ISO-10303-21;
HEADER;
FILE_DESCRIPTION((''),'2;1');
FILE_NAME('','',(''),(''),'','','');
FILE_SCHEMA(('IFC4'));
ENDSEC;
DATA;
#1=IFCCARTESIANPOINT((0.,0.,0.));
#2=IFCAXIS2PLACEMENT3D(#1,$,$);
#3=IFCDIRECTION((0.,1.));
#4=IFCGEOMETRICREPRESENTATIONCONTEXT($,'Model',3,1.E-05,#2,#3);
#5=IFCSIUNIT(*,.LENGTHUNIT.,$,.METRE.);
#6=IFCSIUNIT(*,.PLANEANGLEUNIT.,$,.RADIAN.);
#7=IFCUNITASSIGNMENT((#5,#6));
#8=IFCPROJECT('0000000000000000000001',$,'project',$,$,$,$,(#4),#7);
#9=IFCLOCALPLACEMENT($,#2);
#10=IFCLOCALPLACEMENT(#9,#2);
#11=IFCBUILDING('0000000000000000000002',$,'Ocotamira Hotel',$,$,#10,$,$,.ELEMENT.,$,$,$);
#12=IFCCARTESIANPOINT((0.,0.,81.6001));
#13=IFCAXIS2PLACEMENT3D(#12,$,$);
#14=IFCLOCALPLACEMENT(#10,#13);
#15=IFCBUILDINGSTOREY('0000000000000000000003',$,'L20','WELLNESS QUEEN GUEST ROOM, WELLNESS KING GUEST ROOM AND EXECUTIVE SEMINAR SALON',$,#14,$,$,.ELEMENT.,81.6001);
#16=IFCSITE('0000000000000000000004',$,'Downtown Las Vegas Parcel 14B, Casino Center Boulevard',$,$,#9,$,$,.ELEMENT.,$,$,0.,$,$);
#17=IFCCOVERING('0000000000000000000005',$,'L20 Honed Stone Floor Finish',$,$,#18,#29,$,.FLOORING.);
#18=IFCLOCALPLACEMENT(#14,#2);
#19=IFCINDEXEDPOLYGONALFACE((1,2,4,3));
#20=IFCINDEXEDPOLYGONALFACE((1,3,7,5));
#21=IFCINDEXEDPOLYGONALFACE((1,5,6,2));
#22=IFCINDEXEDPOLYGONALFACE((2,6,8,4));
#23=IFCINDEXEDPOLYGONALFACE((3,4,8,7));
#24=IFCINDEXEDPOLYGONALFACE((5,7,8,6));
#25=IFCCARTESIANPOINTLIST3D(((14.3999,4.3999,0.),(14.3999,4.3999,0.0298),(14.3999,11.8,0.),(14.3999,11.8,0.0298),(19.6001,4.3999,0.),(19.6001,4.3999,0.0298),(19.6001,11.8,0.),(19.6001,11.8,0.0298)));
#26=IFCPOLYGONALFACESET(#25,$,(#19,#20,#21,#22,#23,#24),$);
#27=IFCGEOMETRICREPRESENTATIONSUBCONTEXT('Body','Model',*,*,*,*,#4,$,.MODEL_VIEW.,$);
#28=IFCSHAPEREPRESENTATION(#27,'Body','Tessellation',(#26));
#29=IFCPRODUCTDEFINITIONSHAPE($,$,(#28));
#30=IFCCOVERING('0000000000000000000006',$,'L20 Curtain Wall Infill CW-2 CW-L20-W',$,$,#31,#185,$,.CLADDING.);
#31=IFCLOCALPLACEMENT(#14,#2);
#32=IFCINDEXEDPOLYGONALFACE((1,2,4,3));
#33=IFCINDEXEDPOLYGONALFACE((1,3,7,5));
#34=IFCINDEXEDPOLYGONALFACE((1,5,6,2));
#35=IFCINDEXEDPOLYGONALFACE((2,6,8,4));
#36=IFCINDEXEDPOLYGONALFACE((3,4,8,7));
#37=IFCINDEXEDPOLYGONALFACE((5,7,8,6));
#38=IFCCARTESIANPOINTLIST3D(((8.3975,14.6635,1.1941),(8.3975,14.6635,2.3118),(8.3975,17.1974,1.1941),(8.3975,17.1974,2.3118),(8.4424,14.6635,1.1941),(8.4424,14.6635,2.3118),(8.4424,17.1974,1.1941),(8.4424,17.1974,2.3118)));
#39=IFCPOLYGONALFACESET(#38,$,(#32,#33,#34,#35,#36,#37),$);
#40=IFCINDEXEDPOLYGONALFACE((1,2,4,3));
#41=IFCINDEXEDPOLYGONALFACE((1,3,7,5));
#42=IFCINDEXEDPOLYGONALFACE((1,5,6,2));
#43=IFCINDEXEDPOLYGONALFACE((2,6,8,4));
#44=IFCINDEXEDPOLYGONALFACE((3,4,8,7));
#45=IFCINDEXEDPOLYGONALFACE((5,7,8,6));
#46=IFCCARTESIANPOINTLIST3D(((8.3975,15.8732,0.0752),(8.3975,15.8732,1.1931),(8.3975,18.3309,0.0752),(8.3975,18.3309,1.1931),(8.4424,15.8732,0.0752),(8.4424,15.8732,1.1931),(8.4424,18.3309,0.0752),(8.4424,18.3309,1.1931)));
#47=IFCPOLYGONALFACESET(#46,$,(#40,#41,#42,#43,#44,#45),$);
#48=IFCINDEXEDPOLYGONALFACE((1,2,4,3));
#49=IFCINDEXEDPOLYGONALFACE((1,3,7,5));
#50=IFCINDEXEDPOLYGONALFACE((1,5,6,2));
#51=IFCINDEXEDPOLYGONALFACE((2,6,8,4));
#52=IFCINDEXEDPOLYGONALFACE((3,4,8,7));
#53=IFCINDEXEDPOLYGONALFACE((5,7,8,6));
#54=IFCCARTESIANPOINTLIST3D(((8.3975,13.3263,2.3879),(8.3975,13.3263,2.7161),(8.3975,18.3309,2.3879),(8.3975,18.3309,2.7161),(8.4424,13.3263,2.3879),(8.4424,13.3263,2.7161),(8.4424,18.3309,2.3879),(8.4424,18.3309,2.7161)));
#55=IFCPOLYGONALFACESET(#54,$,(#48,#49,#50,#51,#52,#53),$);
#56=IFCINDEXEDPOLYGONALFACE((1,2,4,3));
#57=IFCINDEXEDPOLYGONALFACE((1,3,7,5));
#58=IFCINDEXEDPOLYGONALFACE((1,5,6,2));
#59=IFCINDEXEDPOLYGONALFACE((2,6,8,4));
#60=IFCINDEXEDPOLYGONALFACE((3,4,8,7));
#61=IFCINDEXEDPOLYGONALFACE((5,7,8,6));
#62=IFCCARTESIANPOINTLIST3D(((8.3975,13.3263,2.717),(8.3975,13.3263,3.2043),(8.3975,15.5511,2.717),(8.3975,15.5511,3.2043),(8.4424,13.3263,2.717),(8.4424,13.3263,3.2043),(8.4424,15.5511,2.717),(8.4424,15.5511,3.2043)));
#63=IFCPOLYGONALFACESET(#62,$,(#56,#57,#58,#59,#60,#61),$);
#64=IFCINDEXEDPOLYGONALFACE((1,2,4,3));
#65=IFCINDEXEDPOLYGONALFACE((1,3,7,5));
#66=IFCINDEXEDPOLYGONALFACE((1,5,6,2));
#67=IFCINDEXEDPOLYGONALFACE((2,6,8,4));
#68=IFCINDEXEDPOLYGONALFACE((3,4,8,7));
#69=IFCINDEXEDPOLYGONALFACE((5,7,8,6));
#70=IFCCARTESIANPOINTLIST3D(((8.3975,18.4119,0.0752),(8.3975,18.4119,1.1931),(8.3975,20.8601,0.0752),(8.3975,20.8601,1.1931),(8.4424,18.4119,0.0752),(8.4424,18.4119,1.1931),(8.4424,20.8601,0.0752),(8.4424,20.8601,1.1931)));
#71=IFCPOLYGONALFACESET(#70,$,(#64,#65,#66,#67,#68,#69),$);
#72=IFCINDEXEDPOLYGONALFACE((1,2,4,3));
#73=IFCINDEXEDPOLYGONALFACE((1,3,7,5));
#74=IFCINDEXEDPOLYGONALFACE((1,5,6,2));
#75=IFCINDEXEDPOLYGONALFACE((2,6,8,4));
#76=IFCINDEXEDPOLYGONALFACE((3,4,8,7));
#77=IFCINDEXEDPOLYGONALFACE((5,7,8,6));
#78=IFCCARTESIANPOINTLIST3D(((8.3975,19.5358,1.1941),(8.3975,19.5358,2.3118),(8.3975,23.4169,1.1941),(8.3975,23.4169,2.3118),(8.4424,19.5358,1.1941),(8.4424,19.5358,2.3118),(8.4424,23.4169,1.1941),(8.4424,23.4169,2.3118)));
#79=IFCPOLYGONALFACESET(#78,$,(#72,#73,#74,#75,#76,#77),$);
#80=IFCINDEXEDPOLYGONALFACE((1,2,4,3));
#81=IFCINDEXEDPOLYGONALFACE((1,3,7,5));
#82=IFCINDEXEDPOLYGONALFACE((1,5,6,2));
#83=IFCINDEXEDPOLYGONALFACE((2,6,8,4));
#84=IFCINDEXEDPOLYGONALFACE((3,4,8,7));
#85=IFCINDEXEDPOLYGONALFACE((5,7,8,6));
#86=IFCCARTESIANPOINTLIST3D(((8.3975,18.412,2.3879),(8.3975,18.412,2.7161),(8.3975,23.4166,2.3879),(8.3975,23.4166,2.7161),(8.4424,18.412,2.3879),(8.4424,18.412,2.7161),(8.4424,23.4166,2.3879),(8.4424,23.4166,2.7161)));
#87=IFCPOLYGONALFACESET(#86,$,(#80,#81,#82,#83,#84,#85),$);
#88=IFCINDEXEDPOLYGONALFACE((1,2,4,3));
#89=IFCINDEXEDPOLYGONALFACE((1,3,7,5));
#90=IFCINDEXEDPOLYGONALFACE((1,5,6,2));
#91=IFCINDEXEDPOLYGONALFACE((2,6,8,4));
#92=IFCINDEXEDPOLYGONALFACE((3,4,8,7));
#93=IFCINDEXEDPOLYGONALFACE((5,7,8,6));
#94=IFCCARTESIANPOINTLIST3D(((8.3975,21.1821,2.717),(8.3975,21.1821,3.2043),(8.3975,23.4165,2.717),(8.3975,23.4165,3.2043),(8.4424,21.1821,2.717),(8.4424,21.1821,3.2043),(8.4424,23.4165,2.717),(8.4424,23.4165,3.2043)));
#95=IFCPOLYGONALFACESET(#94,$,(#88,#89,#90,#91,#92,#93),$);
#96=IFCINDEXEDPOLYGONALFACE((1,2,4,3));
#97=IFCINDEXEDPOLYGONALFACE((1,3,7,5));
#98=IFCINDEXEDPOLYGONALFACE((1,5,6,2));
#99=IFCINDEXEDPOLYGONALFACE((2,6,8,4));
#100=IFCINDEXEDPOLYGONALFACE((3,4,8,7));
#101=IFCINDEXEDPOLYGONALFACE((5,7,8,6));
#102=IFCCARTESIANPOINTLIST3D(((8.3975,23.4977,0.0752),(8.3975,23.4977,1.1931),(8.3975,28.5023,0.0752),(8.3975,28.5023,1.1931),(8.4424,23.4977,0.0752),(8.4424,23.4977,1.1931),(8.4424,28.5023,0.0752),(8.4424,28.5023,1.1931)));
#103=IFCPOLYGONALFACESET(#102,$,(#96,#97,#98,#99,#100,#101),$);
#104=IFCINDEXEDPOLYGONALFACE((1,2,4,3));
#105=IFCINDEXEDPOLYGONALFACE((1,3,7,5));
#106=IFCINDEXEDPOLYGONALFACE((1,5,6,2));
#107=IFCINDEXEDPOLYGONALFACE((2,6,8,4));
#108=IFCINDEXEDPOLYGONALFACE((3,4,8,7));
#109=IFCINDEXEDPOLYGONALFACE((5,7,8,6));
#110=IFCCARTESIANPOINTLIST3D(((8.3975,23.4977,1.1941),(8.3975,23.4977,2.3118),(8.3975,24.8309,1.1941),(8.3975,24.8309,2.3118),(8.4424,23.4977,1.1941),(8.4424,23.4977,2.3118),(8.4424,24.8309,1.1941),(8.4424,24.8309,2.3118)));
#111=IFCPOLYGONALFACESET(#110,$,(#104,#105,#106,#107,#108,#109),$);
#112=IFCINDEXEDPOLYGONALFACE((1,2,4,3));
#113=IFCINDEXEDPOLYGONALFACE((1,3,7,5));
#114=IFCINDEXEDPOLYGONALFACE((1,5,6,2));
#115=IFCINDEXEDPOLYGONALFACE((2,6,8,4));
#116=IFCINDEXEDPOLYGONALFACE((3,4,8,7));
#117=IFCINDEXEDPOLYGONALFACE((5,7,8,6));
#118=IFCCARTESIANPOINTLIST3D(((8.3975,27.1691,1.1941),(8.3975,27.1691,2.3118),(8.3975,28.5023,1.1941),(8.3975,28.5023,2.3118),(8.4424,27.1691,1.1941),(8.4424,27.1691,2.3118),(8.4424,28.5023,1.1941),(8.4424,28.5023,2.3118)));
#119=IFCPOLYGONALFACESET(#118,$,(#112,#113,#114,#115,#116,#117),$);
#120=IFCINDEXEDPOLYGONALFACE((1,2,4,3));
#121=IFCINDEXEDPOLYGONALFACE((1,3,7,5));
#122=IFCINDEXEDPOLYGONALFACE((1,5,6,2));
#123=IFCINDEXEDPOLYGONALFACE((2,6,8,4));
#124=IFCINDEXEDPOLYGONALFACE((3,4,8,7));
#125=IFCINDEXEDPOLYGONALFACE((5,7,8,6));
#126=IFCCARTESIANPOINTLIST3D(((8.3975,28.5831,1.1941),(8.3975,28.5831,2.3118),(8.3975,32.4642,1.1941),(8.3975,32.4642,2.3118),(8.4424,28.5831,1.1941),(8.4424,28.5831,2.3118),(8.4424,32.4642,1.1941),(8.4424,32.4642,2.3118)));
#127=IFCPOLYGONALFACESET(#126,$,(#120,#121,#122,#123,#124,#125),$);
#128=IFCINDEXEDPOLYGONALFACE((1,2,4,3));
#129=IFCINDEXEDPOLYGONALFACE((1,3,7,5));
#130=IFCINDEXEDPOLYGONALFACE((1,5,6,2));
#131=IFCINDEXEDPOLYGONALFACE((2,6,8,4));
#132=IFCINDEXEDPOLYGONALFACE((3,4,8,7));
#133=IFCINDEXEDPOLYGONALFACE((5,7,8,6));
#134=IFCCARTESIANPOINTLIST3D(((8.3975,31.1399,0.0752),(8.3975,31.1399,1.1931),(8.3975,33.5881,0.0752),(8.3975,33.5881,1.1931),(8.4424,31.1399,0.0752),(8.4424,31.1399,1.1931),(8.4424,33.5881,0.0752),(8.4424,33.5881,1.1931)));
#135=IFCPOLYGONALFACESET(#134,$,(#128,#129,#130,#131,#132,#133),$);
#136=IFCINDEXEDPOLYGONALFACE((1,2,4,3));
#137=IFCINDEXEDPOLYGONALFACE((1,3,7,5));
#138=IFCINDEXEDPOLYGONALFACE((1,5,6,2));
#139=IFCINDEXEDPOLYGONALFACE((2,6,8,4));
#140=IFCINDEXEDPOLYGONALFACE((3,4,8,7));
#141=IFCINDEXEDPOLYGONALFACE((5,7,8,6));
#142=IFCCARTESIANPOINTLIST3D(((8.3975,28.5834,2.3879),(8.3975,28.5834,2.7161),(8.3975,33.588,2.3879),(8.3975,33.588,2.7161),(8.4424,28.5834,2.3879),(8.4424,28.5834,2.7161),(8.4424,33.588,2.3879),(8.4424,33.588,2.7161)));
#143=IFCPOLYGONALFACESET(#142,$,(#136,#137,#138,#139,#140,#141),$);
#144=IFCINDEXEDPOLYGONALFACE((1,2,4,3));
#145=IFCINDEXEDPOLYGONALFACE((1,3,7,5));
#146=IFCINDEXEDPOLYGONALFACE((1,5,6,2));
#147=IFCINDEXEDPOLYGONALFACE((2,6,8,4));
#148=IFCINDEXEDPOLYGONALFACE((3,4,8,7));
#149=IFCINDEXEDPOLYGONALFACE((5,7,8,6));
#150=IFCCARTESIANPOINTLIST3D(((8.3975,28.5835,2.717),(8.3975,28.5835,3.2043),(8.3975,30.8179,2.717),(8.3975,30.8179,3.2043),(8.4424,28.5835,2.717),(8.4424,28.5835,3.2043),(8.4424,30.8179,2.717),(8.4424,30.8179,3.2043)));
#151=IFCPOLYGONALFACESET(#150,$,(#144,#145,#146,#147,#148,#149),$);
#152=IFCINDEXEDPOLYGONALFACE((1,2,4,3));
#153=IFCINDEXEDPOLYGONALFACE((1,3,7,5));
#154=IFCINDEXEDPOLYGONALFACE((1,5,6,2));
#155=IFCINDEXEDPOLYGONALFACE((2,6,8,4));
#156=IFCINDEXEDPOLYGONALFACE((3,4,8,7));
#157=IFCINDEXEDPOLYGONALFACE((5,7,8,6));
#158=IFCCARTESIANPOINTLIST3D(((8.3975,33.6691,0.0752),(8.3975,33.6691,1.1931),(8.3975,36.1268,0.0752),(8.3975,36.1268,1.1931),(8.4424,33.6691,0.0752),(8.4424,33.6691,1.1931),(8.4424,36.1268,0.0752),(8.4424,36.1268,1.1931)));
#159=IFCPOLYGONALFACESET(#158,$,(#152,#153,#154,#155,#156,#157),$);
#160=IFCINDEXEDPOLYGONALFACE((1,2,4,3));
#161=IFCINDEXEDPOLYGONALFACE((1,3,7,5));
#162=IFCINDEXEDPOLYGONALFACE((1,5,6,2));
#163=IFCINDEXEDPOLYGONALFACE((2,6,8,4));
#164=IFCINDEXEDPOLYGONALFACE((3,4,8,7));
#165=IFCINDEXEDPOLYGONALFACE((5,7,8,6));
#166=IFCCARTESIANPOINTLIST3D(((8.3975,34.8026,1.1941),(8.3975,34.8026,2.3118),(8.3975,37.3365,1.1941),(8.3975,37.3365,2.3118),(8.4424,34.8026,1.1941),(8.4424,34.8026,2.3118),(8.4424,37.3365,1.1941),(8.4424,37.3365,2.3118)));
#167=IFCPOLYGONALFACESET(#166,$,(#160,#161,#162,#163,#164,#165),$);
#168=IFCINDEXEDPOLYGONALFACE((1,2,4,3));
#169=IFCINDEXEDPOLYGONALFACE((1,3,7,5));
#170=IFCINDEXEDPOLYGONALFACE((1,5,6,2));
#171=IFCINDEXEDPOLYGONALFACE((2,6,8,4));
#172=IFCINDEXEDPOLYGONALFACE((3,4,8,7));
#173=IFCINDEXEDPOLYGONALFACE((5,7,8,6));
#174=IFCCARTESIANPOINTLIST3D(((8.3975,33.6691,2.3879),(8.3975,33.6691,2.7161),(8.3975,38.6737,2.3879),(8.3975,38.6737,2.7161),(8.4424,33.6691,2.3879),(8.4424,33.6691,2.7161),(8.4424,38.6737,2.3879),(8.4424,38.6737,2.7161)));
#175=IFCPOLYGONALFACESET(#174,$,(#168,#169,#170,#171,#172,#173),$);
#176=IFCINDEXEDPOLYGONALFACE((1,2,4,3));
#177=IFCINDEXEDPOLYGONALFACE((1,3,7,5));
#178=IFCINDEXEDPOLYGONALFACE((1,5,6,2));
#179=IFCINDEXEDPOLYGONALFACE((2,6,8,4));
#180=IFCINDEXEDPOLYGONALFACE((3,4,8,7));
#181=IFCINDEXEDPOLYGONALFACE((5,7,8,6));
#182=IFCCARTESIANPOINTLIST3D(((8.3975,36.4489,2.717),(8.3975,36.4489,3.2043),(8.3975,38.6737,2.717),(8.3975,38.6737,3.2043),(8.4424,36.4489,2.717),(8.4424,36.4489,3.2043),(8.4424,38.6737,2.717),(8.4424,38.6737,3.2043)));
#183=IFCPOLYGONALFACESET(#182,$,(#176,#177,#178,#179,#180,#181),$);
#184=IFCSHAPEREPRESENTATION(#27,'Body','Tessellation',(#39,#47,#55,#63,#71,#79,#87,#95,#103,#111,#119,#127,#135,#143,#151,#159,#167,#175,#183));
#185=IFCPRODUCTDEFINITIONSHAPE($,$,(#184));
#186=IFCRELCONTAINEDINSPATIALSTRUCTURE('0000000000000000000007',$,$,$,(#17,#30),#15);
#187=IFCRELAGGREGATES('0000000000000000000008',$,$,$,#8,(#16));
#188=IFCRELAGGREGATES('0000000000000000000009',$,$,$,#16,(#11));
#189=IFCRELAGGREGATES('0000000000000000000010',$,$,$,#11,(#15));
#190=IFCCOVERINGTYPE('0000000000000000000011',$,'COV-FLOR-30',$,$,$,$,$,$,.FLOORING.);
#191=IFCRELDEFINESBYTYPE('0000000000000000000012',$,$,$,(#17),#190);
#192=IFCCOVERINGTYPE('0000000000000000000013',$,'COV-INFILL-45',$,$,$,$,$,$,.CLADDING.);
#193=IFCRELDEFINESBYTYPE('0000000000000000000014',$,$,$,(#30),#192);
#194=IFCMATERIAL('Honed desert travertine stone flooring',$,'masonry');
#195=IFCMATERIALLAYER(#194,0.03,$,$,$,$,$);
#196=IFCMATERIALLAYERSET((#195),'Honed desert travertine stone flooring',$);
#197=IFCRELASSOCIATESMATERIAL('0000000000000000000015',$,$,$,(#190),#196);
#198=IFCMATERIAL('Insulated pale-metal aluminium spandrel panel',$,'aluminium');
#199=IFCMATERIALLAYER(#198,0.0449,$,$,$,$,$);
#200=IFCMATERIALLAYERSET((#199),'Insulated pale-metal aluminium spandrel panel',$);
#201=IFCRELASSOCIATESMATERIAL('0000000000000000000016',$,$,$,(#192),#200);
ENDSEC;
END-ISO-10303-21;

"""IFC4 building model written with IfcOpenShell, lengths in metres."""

from ifc_helpers import new_model, si_unit, direction, frame, origin, origin_2d, place, context, subcontext, project, spatial, polyline, rectangle, outline, extrude, material, layer, layer_set, type_object, element, save


model = new_model("IFC4")

# Units and contexts
model_context = context("Model", 3, precision=1e-05, world=origin(), true_north=direction((0.0, 1.0)))
body_context = subcontext(model_context, "Body", "Model", "MODEL_VIEW")
ifc_project = project(units=[si_unit("LENGTHUNIT", "METRE"), si_unit("PLANEANGLEUNIT", "RADIAN")], contexts=[model_context])

# Site, building, storey
site_placement = place(None, origin())
site = spatial("IfcSite", under=ifc_project, at=site_placement, Name="Downtown Las Vegas Parcel 14B, Casino Center Boulevard", CompositionType="ELEMENT", RefElevation=0.0)
building_placement = place(site_placement, origin())
building = spatial("IfcBuilding", under=site, at=building_placement, Name="Ocotamira Hotel", CompositionType="ELEMENT")
storey_placement = place(building_placement, frame((0.0, 0.0, 81.6001)))
storey = spatial("IfcBuildingStorey", under=building, at=storey_placement, Name="L20", Description="WELLNESS QUEEN GUEST ROOM, WELLNESS KING GUEST ROOM AND EXECUTIVE SEMINAR SALON", CompositionType="ELEMENT", Elevation=81.6001)

# Coverings
ifc_material_1 = material(Name="Honed desert travertine stone flooring", Category="masonry")
ifc_layer_1 = layer(ifc_material_1, 0.03)
ifc_layer_set_1 = layer_set([ifc_layer_1], Name="Honed desert travertine stone flooring")
covering_type_1 = type_object("IfcCoveringType", Name="COV-FLOR-30", PredefinedType="FLOORING", material=ifc_layer_set_1)
covering_1_placement = place(storey_placement, origin())
element("IfcCovering", 1, at=covering_1_placement, inside=storey, type_object=covering_type_1, Name="L20 Honed Stone Floor Finish", PredefinedType="FLOORING", context=body_context, shape_type="SweptSolid", body=[
    extrude(outline(polyline([(14.3999, 4.3999), (19.6001, 4.3999), (19.6001, 11.8), (14.3999, 11.8), (14.3999, 4.3999)])), origin(), (0.0, 0.0, 1.0), 0.0298),
])
ifc_material_2 = material(Name="Insulated pale-metal aluminium spandrel panel", Category="aluminium")
ifc_layer_2 = layer(ifc_material_2, 0.0449)
ifc_layer_set_2 = layer_set([ifc_layer_2], Name="Insulated pale-metal aluminium spandrel panel")
covering_type_2 = type_object("IfcCoveringType", Name="COV-INFILL-45", PredefinedType="CLADDING", material=ifc_layer_set_2)
covering_2_placement = place(storey_placement, origin())
element("IfcCovering", 2, at=covering_2_placement, inside=storey, type_object=covering_type_2, Name="L20 Curtain Wall Infill CW-2 CW-L20-W", PredefinedType="CLADDING", context=body_context, shape_type="SweptSolid", body=[
    extrude(rectangle(XDim=2.5339, YDim=0.0449, at=origin_2d()), frame((8.4199, 15.9304, 1.1941), z_axis=(0.0, 0.0, 1.0), x_axis=(0.0, 1.0, 0.0)), (0.0, 0.0, 1.0), 1.1177),
    extrude(rectangle(XDim=2.4578, YDim=0.0449, at=origin_2d()), frame((8.4199, 17.1021, 0.0752), z_axis=(0.0, 0.0, 1.0), x_axis=(0.0, 1.0, 0.0)), (0.0, 0.0, 1.0), 1.1179),
    extrude(rectangle(XDim=5.0046, YDim=0.0449, at=origin_2d()), frame((8.4199, 15.8286, 2.3879), z_axis=(0.0, 0.0, 1.0), x_axis=(0.0, 1.0, 0.0)), (0.0, 0.0, 1.0), 0.3281),
    extrude(rectangle(XDim=2.2249, YDim=0.0449, at=origin_2d()), frame((8.4199, 14.4387, 2.717), z_axis=(0.0, 0.0, 1.0), x_axis=(0.0, 1.0, 0.0)), (0.0, 0.0, 1.0), 0.4873),
    extrude(rectangle(XDim=2.4482, YDim=0.0449, at=origin_2d()), frame((8.4199, 19.636, 0.0752), z_axis=(0.0, 0.0, 1.0), x_axis=(0.0, 1.0, 0.0)), (0.0, 0.0, 1.0), 1.1179),
    extrude(rectangle(XDim=3.8811, YDim=0.0449, at=origin_2d()), frame((8.4199, 21.4763, 1.1941), z_axis=(0.0, 0.0, 1.0), x_axis=(0.0, 1.0, 0.0)), (0.0, 0.0, 1.0), 1.1177),
    extrude(rectangle(XDim=5.0046, YDim=0.0449, at=origin_2d()), frame((8.4199, 20.9143, 2.3879), z_axis=(0.0, 0.0, 1.0), x_axis=(0.0, 1.0, 0.0)), (0.0, 0.0, 1.0), 0.3281),
    extrude(rectangle(XDim=2.2344, YDim=0.0449, at=origin_2d()), frame((8.4199, 22.2993, 2.717), z_axis=(0.0, 0.0, 1.0), x_axis=(0.0, 1.0, 0.0)), (0.0, 0.0, 1.0), 0.4873),
    extrude(rectangle(XDim=5.0046, YDim=0.0449, at=origin_2d()), frame((8.4199, 26.0, 0.0752), z_axis=(0.0, 0.0, 1.0), x_axis=(0.0, 1.0, 0.0)), (0.0, 0.0, 1.0), 1.1179),
    extrude(rectangle(XDim=1.3333, YDim=0.0449, at=origin_2d()), frame((8.4199, 24.1643, 1.1941), z_axis=(0.0, 0.0, 1.0), x_axis=(0.0, 1.0, 0.0)), (0.0, 0.0, 1.0), 1.1177),
    extrude(rectangle(XDim=1.3333, YDim=0.0449, at=origin_2d()), frame((8.4199, 27.8357, 1.1941), z_axis=(0.0, 0.0, 1.0), x_axis=(0.0, 1.0, 0.0)), (0.0, 0.0, 1.0), 1.1177),
    extrude(rectangle(XDim=3.8811, YDim=0.0449, at=origin_2d()), frame((8.4199, 30.5237, 1.1941), z_axis=(0.0, 0.0, 1.0), x_axis=(0.0, 1.0, 0.0)), (0.0, 0.0, 1.0), 1.1177),
    extrude(rectangle(XDim=2.4482, YDim=0.0449, at=origin_2d()), frame((8.4199, 32.364, 0.0752), z_axis=(0.0, 0.0, 1.0), x_axis=(0.0, 1.0, 0.0)), (0.0, 0.0, 1.0), 1.1179),
    extrude(rectangle(XDim=5.0046, YDim=0.0449, at=origin_2d()), frame((8.4199, 31.0857, 2.3879), z_axis=(0.0, 0.0, 1.0), x_axis=(0.0, 1.0, 0.0)), (0.0, 0.0, 1.0), 0.3281),
    extrude(rectangle(XDim=2.2344, YDim=0.0449, at=origin_2d()), frame((8.4199, 29.7007, 2.717), z_axis=(0.0, 0.0, 1.0), x_axis=(0.0, 1.0, 0.0)), (0.0, 0.0, 1.0), 0.4873),
    extrude(rectangle(XDim=2.4578, YDim=0.0449, at=origin_2d()), frame((8.4199, 34.8979, 0.0752), z_axis=(0.0, 0.0, 1.0), x_axis=(0.0, 1.0, 0.0)), (0.0, 0.0, 1.0), 1.1179),
    extrude(rectangle(XDim=2.5339, YDim=0.0449, at=origin_2d()), frame((8.4199, 36.0696, 1.1941), z_axis=(0.0, 0.0, 1.0), x_axis=(0.0, 1.0, 0.0)), (0.0, 0.0, 1.0), 1.1177),
    extrude(rectangle(XDim=5.0046, YDim=0.0449, at=origin_2d()), frame((8.4199, 36.1714, 2.3879), z_axis=(0.0, 0.0, 1.0), x_axis=(0.0, 1.0, 0.0)), (0.0, 0.0, 1.0), 0.3281),
    extrude(rectangle(XDim=2.2249, YDim=0.0449, at=origin_2d()), frame((8.4199, 37.5613, 2.717), z_axis=(0.0, 0.0, 1.0), x_axis=(0.0, 1.0, 0.0)), (0.0, 0.0, 1.0), 0.4873),
])

save(model, "model.ifc")
